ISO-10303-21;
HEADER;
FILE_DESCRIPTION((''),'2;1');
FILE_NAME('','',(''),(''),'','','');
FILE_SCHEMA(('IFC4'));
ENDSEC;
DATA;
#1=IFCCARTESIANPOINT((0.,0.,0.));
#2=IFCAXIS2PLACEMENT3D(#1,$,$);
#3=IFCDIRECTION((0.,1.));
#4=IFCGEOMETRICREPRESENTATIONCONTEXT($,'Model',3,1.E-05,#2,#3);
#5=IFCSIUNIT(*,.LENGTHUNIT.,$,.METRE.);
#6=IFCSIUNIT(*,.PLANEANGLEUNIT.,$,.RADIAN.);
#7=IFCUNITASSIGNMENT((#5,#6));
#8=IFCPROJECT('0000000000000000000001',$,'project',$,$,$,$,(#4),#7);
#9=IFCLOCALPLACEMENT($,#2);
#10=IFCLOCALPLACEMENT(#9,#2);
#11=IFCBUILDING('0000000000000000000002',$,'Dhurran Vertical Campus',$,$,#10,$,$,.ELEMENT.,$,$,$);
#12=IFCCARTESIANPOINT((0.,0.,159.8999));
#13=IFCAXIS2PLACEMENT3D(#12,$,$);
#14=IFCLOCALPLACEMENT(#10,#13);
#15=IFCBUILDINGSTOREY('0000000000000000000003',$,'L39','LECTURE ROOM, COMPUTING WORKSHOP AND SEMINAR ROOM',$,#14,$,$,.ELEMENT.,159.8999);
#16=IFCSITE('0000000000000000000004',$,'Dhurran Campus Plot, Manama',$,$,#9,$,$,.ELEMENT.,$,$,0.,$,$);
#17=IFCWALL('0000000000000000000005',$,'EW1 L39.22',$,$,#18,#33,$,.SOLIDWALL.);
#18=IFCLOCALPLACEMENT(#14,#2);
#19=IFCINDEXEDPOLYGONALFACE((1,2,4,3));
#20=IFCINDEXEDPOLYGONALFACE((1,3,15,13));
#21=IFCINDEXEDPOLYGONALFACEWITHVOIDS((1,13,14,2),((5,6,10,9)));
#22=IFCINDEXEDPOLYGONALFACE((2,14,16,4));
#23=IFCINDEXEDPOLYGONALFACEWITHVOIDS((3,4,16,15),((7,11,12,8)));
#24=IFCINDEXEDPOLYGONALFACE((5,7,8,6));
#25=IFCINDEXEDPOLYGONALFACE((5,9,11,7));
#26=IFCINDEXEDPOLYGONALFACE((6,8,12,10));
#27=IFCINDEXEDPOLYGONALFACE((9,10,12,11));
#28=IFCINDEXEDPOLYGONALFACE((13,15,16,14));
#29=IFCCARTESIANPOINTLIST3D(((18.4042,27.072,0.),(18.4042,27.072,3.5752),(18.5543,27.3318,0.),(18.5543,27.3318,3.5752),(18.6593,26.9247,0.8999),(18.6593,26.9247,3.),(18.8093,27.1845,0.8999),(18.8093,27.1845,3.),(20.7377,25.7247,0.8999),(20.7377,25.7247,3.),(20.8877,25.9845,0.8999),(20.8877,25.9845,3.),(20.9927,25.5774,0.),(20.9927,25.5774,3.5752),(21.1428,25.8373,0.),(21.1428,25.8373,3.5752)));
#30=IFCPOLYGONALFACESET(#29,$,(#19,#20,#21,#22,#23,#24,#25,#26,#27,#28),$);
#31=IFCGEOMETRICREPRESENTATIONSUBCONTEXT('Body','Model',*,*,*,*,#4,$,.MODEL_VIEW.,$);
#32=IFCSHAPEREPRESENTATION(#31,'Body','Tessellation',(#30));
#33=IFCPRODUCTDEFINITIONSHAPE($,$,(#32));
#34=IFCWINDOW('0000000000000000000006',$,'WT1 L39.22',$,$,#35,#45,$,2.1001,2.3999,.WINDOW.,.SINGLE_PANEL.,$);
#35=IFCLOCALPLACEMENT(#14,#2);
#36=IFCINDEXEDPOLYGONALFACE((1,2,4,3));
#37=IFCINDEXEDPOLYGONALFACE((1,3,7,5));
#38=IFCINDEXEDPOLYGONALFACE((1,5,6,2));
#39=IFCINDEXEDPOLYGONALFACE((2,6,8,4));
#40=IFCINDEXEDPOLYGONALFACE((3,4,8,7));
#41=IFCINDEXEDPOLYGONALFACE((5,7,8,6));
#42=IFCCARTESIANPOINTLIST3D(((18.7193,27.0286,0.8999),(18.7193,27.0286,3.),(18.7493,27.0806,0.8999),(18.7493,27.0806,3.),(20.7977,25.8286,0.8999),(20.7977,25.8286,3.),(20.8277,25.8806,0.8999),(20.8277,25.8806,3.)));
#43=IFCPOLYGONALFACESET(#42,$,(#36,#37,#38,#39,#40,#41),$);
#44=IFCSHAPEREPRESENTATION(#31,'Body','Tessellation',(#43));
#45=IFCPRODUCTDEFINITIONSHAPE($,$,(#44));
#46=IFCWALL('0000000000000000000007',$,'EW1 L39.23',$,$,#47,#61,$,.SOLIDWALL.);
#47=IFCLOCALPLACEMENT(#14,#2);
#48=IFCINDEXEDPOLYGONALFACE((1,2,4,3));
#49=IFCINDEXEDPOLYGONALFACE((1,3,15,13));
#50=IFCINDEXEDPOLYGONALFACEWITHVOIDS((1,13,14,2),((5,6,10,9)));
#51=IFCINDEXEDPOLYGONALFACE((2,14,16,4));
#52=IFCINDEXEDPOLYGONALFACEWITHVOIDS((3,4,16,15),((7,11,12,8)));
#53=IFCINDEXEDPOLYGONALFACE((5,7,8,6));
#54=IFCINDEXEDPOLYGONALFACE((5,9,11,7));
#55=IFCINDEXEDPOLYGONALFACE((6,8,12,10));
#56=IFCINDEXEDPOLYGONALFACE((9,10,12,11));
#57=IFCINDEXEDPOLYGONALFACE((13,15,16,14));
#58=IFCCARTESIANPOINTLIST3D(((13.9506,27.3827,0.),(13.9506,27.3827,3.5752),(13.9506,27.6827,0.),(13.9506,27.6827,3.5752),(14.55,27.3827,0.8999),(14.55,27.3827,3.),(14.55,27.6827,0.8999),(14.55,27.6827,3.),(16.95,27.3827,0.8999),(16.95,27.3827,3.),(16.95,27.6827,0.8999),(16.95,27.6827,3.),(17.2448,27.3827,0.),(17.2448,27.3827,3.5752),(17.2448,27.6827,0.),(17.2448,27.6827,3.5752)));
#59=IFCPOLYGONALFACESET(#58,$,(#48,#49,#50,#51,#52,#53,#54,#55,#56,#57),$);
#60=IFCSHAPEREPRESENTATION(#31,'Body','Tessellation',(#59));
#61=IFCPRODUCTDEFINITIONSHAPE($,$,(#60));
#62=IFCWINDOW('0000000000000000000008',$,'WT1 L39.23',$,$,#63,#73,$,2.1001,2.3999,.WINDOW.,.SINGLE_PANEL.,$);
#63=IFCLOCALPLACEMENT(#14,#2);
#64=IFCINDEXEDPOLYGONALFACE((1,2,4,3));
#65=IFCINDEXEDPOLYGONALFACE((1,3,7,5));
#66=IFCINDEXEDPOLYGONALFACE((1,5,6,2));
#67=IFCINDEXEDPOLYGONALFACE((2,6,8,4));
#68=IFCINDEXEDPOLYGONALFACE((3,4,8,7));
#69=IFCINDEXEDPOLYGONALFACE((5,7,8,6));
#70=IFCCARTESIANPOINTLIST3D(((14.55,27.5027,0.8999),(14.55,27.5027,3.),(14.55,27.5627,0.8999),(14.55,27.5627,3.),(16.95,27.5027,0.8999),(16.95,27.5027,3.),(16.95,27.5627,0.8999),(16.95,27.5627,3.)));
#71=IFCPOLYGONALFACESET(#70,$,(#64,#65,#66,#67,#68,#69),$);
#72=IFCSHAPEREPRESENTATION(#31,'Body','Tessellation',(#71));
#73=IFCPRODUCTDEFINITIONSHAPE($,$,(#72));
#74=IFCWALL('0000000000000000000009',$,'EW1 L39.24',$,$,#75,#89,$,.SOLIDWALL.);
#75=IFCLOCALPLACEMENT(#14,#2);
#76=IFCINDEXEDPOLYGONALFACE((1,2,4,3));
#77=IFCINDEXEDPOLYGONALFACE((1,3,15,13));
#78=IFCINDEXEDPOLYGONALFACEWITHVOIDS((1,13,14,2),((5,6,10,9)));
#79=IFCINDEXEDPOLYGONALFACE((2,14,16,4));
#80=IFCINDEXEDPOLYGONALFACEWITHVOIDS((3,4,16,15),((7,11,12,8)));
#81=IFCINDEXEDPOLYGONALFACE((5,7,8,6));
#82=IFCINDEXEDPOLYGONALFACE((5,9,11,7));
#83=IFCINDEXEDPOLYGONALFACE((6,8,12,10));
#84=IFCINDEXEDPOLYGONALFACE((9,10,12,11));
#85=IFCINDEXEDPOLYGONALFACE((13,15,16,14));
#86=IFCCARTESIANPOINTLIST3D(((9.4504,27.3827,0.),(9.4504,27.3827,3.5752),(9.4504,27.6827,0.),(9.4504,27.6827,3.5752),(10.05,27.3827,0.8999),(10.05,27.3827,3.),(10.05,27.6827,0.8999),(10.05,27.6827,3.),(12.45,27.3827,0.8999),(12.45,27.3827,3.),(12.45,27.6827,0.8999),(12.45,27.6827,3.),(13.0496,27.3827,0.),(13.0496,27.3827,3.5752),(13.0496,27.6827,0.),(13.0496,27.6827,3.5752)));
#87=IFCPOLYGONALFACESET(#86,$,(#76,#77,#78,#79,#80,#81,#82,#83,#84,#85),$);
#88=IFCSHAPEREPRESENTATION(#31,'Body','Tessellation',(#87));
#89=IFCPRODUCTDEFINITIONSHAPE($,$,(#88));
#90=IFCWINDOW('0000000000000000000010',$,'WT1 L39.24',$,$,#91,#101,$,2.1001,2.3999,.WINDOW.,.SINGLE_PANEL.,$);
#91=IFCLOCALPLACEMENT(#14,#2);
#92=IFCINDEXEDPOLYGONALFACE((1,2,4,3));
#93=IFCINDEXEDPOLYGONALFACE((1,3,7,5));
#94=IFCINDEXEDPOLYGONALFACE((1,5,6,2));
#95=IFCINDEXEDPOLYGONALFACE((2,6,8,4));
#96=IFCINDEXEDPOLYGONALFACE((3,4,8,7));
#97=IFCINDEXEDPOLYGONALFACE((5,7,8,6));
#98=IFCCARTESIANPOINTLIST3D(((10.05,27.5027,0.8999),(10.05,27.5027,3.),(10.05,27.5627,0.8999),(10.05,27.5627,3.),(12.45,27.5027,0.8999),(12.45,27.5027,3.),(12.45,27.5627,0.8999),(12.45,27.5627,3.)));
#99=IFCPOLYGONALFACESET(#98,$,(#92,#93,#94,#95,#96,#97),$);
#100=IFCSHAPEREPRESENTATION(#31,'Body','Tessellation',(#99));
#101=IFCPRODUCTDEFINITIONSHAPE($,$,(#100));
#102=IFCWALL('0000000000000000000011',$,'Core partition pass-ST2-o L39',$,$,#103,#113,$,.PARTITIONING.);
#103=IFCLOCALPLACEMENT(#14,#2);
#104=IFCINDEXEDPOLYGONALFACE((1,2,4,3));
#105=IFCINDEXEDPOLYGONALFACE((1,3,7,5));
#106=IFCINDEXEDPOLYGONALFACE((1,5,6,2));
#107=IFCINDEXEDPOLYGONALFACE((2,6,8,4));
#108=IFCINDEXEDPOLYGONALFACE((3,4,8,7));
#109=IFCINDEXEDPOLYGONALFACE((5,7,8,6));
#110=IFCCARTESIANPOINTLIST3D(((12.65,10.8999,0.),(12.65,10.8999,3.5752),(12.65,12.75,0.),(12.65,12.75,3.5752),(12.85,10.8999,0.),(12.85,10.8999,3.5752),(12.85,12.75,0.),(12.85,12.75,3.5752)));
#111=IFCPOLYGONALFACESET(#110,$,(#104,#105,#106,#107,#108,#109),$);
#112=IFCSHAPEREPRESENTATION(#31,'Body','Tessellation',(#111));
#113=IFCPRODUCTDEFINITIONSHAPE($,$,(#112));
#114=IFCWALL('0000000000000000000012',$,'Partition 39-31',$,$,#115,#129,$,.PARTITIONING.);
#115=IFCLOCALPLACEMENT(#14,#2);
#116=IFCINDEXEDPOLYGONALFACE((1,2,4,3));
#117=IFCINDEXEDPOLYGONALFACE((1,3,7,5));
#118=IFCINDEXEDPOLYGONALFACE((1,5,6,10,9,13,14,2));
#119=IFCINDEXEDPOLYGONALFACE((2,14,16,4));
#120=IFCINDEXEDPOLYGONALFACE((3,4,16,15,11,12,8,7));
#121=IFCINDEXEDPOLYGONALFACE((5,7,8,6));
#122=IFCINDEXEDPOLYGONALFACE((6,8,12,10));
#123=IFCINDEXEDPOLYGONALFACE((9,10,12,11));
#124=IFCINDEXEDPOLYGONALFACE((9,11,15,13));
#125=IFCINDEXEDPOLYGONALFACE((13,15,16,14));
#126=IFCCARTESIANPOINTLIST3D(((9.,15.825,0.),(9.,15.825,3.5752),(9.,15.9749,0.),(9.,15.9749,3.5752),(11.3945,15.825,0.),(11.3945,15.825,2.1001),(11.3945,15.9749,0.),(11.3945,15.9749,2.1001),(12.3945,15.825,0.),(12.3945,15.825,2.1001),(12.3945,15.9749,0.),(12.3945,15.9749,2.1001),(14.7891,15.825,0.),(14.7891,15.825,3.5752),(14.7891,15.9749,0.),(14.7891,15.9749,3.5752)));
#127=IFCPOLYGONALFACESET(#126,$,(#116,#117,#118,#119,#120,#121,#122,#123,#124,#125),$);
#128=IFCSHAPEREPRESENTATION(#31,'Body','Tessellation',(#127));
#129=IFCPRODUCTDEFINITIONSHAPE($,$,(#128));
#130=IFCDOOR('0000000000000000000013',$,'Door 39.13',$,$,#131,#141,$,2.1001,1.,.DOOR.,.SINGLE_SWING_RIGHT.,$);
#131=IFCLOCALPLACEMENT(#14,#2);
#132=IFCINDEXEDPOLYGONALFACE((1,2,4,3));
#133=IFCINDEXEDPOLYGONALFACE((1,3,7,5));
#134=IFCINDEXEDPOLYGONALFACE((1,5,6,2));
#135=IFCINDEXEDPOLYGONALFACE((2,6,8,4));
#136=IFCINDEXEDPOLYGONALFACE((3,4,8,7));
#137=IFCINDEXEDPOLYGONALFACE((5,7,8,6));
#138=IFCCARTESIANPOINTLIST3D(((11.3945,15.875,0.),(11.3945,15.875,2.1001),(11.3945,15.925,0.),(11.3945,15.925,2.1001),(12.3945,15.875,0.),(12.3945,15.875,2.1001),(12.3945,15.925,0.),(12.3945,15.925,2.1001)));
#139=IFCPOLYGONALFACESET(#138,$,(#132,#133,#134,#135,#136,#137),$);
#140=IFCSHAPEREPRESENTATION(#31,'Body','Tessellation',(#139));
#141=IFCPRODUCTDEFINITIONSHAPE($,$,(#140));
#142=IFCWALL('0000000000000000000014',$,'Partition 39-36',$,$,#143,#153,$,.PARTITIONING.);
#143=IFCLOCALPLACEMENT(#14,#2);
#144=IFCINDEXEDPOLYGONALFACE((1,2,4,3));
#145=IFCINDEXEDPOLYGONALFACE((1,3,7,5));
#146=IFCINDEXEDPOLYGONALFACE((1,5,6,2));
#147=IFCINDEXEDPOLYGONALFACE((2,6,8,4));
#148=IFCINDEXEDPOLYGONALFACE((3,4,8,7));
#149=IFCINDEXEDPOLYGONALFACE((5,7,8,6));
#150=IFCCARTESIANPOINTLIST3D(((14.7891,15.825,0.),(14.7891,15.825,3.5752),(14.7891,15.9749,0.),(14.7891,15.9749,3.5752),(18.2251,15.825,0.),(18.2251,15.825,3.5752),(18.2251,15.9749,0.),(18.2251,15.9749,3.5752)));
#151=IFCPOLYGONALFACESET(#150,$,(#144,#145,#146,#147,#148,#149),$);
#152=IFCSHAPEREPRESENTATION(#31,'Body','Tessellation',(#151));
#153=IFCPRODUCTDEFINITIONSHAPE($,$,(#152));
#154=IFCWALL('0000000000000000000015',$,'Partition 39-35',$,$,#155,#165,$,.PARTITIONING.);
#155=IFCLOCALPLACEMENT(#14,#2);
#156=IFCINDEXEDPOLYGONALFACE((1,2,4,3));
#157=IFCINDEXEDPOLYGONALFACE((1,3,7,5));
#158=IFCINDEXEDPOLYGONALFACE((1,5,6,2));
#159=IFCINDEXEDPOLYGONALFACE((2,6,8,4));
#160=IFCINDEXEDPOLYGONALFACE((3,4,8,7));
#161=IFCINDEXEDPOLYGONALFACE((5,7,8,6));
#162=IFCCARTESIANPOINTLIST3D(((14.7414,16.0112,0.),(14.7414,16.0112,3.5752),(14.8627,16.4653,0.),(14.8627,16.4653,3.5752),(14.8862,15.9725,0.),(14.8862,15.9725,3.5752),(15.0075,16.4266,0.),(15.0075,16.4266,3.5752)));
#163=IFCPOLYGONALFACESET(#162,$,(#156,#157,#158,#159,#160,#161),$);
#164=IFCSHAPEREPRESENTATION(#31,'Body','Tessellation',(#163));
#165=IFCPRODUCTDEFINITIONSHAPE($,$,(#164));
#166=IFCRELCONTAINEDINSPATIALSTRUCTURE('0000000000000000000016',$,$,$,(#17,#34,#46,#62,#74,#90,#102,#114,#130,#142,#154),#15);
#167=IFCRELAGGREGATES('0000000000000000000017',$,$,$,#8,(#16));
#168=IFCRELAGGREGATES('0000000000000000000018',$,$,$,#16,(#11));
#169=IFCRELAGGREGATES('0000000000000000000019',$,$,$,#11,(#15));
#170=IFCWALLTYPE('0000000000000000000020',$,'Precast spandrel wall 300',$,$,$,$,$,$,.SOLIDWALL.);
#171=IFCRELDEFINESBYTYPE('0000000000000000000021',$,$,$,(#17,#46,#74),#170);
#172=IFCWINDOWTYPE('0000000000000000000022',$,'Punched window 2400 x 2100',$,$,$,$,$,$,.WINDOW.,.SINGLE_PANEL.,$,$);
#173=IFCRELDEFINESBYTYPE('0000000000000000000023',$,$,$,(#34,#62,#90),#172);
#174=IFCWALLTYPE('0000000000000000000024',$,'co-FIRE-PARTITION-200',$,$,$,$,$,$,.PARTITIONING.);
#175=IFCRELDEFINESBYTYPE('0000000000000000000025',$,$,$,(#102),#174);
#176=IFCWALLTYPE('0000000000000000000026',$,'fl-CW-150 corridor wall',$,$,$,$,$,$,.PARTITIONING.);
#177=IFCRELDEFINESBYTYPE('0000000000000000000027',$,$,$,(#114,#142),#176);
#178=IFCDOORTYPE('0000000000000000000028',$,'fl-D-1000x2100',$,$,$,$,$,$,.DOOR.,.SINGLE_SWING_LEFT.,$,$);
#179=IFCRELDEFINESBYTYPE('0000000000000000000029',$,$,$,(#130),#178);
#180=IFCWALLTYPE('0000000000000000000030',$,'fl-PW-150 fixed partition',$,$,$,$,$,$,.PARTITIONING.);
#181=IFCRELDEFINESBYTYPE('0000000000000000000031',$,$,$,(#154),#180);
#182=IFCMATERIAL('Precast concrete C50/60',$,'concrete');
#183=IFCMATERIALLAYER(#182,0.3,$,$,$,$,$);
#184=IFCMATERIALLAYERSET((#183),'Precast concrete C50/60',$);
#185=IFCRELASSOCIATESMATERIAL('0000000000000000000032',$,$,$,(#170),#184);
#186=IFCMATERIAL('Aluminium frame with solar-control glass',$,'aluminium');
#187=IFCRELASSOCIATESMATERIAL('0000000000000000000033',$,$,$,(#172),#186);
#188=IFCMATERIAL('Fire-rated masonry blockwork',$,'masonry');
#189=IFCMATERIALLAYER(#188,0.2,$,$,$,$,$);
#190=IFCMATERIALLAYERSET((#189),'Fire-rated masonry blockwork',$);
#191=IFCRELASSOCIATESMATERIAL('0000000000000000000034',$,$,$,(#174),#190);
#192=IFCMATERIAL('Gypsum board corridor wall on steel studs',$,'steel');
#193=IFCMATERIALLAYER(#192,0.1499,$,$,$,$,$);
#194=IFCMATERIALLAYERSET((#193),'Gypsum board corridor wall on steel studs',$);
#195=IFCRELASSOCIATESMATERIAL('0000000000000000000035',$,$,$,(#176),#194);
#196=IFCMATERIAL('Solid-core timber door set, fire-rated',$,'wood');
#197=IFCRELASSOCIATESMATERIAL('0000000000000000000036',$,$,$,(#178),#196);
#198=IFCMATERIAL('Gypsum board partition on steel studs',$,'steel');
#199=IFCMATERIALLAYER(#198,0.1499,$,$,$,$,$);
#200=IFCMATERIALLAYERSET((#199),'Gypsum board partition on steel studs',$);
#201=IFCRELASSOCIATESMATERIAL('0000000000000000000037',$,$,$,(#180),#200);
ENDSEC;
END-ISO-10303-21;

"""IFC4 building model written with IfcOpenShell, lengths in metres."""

from ifc_helpers import new_model, si_unit, direction, frame, frame_2d, origin, place, context, subcontext, project, spatial, rectangle, extrude, material, layer, layer_set, type_object, element, fill, save


model = new_model("IFC4")

# Units and contexts
model_context = context("Model", 3, precision=1e-05, world=origin(), true_north=direction((0.0, 1.0)))
body_context = subcontext(model_context, "Body", "Model", "MODEL_VIEW")
ifc_project = project(units=[si_unit("LENGTHUNIT", "METRE"), si_unit("PLANEANGLEUNIT", "RADIAN")], contexts=[model_context])

# Site, building, storey
site_placement = place(None, origin())
site = spatial("IfcSite", under=ifc_project, at=site_placement, Name="Dhurran Campus Plot, Manama", CompositionType="ELEMENT", RefElevation=0.0)
building_placement = place(site_placement, origin())
building = spatial("IfcBuilding", under=site, at=building_placement, Name="Dhurran Vertical Campus", CompositionType="ELEMENT")
storey_placement = place(building_placement, frame((0.0, 0.0, 159.8999)))
storey = spatial("IfcBuildingStorey", under=building, at=storey_placement, Name="L39", Description="LECTURE ROOM, COMPUTING WORKSHOP AND SEMINAR ROOM", CompositionType="ELEMENT", Elevation=159.8999)

# Walls, openings, windows
ifc_material_1 = material(Name="Precast concrete C50/60", Category="concrete")
ifc_layer_1 = layer(ifc_material_1, 0.3)
ifc_layer_set_1 = layer_set([ifc_layer_1], Name="Precast concrete C50/60")
wall_type_1 = type_object("IfcWallType", Name="Precast spandrel wall 300", PredefinedType="SOLIDWALL", material=ifc_layer_set_1)
ifc_material_2 = material(Name="Aluminium frame with solar-control glass", Category="aluminium")
window_type = type_object("IfcWindowType", Name="Punched window 2400 x 2100", PartitioningType="SINGLE_PANEL", PredefinedType="WINDOW", material=ifc_material_2)
wall_1_placement = place(storey_placement, frame((21.0679, 25.7073, 0.0), z_axis=(0.0, 0.0, 1.0), x_axis=(-0.866013, 0.500022, 0.0)))
wall_1 = element("IfcWall", 1, at=wall_1_placement, inside=storey, type_object=wall_type_1, Name="EW1 L39.22", PredefinedType="SOLIDWALL", context=body_context, shape_type="SweptSolid", body=[
    extrude(rectangle(XDim=2.989, YDim=0.3, at=frame_2d((1.4946, 0.0))), origin(), (0.0, 0.0, 1.0), 3.5752),
])
opening_1_placement = place(wall_1_placement, frame((0.2947, 0.0, 0.8999)))
opening_1 = element("IfcOpeningElement", 2, at=opening_1_placement, cuts=wall_1, PredefinedType="OPENING", context=body_context, shape_type="SweptSolid", body=[
    extrude(rectangle(XDim=2.3999, YDim=2.1001, at=frame_2d((1.2, 1.05))), frame((0.0, 0.1599, 0.0), z_axis=(0.0, -1.0, 0.0), x_axis=(1.0, 0.0, 0.0)), (0.0, 0.0, 1.0), 0.3201),
])
window_1_placement = place(opening_1_placement, origin())
window_1 = element("IfcWindow", 3, at=window_1_placement, inside=storey, type_object=window_type, Name="WT1 L39.22", OverallHeight=2.1001, OverallWidth=2.3999, PartitioningType="SINGLE_PANEL", PredefinedType="WINDOW", context=body_context, shape_type="SweptSolid", body=[
    extrude(rectangle(XDim=2.3999, YDim=2.1001, at=frame_2d((1.2, 1.05))), frame((0.0, 0.03, 0.0), z_axis=(0.0, -1.0, 0.0), x_axis=(1.0, 0.0, 0.0)), (0.0, 0.0, 1.0), 0.0601),
])
fill(opening_1, window_1)
wall_2_placement = place(storey_placement, frame((17.2446, 27.5327, 0.0), z_axis=(0.0, 0.0, 1.0), x_axis=(-1.0, 0.0, 0.0)))
wall_2 = element("IfcWall", 4, at=wall_2_placement, inside=storey, type_object=wall_type_1, Name="EW1 L39.23", PredefinedType="SOLIDWALL", context=body_context, shape_type="SweptSolid", body=[
    extrude(rectangle(XDim=3.2942, YDim=0.3, at=frame_2d((1.647, 0.0))), origin(), (0.0, 0.0, 1.0), 3.5752),
])
opening_2_placement = place(wall_2_placement, frame((0.2947, 0.0, 0.8999)))
opening_2 = element("IfcOpeningElement", 5, at=opening_2_placement, cuts=wall_2, PredefinedType="OPENING", context=body_context, shape_type="SweptSolid", body=[
    extrude(rectangle(XDim=2.3999, YDim=2.1001, at=frame_2d((1.2, 1.05))), frame((0.0, 0.1599, 0.0), z_axis=(0.0, -1.0, 0.0), x_axis=(1.0, 0.0, 0.0)), (0.0, 0.0, 1.0), 0.3201),
])
window_2_placement = place(opening_2_placement, origin())
window_2 = element("IfcWindow", 6, at=window_2_placement, inside=storey, type_object=window_type, Name="WT1 L39.23", OverallHeight=2.1001, OverallWidth=2.3999, PartitioningType="SINGLE_PANEL", PredefinedType="WINDOW", context=body_context, shape_type="SweptSolid", body=[
    extrude(rectangle(XDim=2.3999, YDim=2.1001, at=frame_2d((1.2, 1.05))), frame((0.0, 0.03, 0.0), z_axis=(0.0, -1.0, 0.0), x_axis=(1.0, 0.0, 0.0)), (0.0, 0.0, 1.0), 0.0601),
])
fill(opening_2, window_2)
wall_3_placement = place(storey_placement, frame((13.0496, 27.5327, 0.0), z_axis=(0.0, 0.0, 1.0), x_axis=(-1.0, 0.0, 0.0)))
wall_3 = element("IfcWall", 7, at=wall_3_placement, inside=storey, type_object=wall_type_1, Name="EW1 L39.24", PredefinedType="SOLIDWALL", context=body_context, shape_type="SweptSolid", body=[
    extrude(rectangle(XDim=3.5991, YDim=0.3, at=frame_2d((1.7996, 0.0))), origin(), (0.0, 0.0, 1.0), 3.5752),
])
opening_3_placement = place(wall_3_placement, frame((0.5996, 0.0, 0.8999)))
opening_3 = element("IfcOpeningElement", 8, at=opening_3_placement, cuts=wall_3, PredefinedType="OPENING", context=body_context, shape_type="SweptSolid", body=[
    extrude(rectangle(XDim=2.3999, YDim=2.1001, at=frame_2d((1.2, 1.05))), frame((0.0, 0.1599, 0.0), z_axis=(0.0, -1.0, 0.0), x_axis=(1.0, 0.0, 0.0)), (0.0, 0.0, 1.0), 0.3201),
])
window_3_placement = place(opening_3_placement, origin())
window_3 = element("IfcWindow", 9, at=window_3_placement, inside=storey, type_object=window_type, Name="WT1 L39.24", OverallHeight=2.1001, OverallWidth=2.3999, PartitioningType="SINGLE_PANEL", PredefinedType="WINDOW", context=body_context, shape_type="SweptSolid", body=[
    extrude(rectangle(XDim=2.3999, YDim=2.1001, at=frame_2d((1.2, 1.05))), frame((0.0, 0.03, 0.0), z_axis=(0.0, -1.0, 0.0), x_axis=(1.0, 0.0, 0.0)), (0.0, 0.0, 1.0), 0.0601),
])
fill(opening_3, window_3)

# Wall
ifc_material_3 = material(Name="Fire-rated masonry blockwork", Category="masonry")
ifc_layer_2 = layer(ifc_material_3, 0.2)
ifc_layer_set_2 = layer_set([ifc_layer_2], Name="Fire-rated masonry blockwork")
wall_type_2 = type_object("IfcWallType", Name="co-FIRE-PARTITION-200", PredefinedType="PARTITIONING", material=ifc_layer_set_2)
wall_4_placement = place(storey_placement, frame((12.75, 10.8999, 0.0), z_axis=(0.0, 0.0, 1.0), x_axis=(0.0, 1.0, 0.0)))
element("IfcWall", 10, at=wall_4_placement, inside=storey, type_object=wall_type_2, Name="Core partition pass-ST2-o L39", PredefinedType="PARTITIONING", context=body_context, shape_type="SweptSolid", body=[
    extrude(rectangle(XDim=1.8501, YDim=0.2, at=frame_2d((0.925, 0.0))), origin(), (0.0, 0.0, 1.0), 3.5752),
])

# Wall, opening, door
ifc_material_4 = material(Name="Gypsum board corridor wall on steel studs", Category="steel")
ifc_layer_3 = layer(ifc_material_4, 0.1499)
ifc_layer_set_3 = layer_set([ifc_layer_3], Name="Gypsum board corridor wall on steel studs")
wall_type_3 = type_object("IfcWallType", Name="fl-CW-150 corridor wall", PredefinedType="PARTITIONING", material=ifc_layer_set_3)
wall_5_placement = place(storey_placement, frame((14.7891, 15.8999, 0.0), z_axis=(0.0, 0.0, 1.0), x_axis=(-1.0, 0.0, 0.0)))
wall_5 = element("IfcWall", 11, at=wall_5_placement, inside=storey, type_object=wall_type_3, Name="Partition 39-31", PredefinedType="PARTITIONING", context=body_context, shape_type="SweptSolid", body=[
    extrude(rectangle(XDim=5.7891, YDim=0.1499, at=frame_2d((2.8945, 0.0))), origin(), (0.0, 0.0, 1.0), 3.5752),
])
opening_4_placement = place(wall_5_placement, frame((2.3945, 0.0, 0.0)))
opening_4 = element("IfcOpeningElement", 12, at=opening_4_placement, cuts=wall_5, PredefinedType="OPENING", context=body_context, shape_type="SweptSolid", body=[
    extrude(rectangle(XDim=1.0, YDim=2.1001, at=frame_2d((0.5, 1.05))), frame((0.0, 0.085, 0.0), z_axis=(0.0, -1.0, 0.0), x_axis=(1.0, 0.0, 0.0)), (0.0, 0.0, 1.0), 0.1699),
])
ifc_material_5 = material(Name="Solid-core timber door set, fire-rated", Category="wood")
door_type = type_object("IfcDoorType", Name="fl-D-1000x2100", OperationType="SINGLE_SWING_LEFT", PredefinedType="DOOR", material=ifc_material_5)
door_placement = place(opening_4_placement, origin())
door = element("IfcDoor", 13, at=door_placement, inside=storey, type_object=door_type, Name="Door 39.13", OperationType="SINGLE_SWING_RIGHT", OverallHeight=2.1001, OverallWidth=1.0, PredefinedType="DOOR", context=body_context, shape_type="SweptSolid", body=[
    extrude(rectangle(XDim=1.0, YDim=2.1001, at=frame_2d((0.5, 1.05))), frame((0.0, 0.0249, 0.0), z_axis=(0.0, -1.0, 0.0), x_axis=(1.0, 0.0, 0.0)), (0.0, 0.0, 1.0), 0.05),
])
fill(opening_4, door)

# Walls
wall_6_placement = place(storey_placement, frame((18.2251, 15.8999, 0.0), z_axis=(0.0, 0.0, 1.0), x_axis=(-1.0, 0.0, 0.0)))
element("IfcWall", 14, at=wall_6_placement, inside=storey, type_object=wall_type_3, Name="Partition 39-36", PredefinedType="PARTITIONING", context=body_context, shape_type="SweptSolid", body=[
    extrude(rectangle(XDim=3.436, YDim=0.1499, at=frame_2d((1.718, 0.0))), origin(), (0.0, 0.0, 1.0), 3.5752),
])
ifc_material_6 = material(Name="Gypsum board partition on steel studs", Category="steel")
ifc_layer_4 = layer(ifc_material_6, 0.1499)
ifc_layer_set_4 = layer_set([ifc_layer_4], Name="Gypsum board partition on steel studs")
wall_type_4 = type_object("IfcWallType", Name="fl-PW-150 fixed partition", PredefinedType="PARTITIONING", material=ifc_layer_set_4)
wall_7_placement = place(storey_placement, frame((14.9351, 16.4458, 0.0), z_axis=(0.0, 0.0, 1.0), x_axis=(-0.258148, -0.966106, 0.0)))
element("IfcWall", 15, at=wall_7_placement, inside=storey, type_object=wall_type_4, Name="Partition 39-35", PredefinedType="PARTITIONING", context=body_context, shape_type="SweptSolid", body=[
    extrude(rectangle(XDim=0.47, YDim=0.1499, at=frame_2d((0.2349, 0.0))), origin(), (0.0, 0.0, 1.0), 3.5752),
])

save(model, "model.ifc")
